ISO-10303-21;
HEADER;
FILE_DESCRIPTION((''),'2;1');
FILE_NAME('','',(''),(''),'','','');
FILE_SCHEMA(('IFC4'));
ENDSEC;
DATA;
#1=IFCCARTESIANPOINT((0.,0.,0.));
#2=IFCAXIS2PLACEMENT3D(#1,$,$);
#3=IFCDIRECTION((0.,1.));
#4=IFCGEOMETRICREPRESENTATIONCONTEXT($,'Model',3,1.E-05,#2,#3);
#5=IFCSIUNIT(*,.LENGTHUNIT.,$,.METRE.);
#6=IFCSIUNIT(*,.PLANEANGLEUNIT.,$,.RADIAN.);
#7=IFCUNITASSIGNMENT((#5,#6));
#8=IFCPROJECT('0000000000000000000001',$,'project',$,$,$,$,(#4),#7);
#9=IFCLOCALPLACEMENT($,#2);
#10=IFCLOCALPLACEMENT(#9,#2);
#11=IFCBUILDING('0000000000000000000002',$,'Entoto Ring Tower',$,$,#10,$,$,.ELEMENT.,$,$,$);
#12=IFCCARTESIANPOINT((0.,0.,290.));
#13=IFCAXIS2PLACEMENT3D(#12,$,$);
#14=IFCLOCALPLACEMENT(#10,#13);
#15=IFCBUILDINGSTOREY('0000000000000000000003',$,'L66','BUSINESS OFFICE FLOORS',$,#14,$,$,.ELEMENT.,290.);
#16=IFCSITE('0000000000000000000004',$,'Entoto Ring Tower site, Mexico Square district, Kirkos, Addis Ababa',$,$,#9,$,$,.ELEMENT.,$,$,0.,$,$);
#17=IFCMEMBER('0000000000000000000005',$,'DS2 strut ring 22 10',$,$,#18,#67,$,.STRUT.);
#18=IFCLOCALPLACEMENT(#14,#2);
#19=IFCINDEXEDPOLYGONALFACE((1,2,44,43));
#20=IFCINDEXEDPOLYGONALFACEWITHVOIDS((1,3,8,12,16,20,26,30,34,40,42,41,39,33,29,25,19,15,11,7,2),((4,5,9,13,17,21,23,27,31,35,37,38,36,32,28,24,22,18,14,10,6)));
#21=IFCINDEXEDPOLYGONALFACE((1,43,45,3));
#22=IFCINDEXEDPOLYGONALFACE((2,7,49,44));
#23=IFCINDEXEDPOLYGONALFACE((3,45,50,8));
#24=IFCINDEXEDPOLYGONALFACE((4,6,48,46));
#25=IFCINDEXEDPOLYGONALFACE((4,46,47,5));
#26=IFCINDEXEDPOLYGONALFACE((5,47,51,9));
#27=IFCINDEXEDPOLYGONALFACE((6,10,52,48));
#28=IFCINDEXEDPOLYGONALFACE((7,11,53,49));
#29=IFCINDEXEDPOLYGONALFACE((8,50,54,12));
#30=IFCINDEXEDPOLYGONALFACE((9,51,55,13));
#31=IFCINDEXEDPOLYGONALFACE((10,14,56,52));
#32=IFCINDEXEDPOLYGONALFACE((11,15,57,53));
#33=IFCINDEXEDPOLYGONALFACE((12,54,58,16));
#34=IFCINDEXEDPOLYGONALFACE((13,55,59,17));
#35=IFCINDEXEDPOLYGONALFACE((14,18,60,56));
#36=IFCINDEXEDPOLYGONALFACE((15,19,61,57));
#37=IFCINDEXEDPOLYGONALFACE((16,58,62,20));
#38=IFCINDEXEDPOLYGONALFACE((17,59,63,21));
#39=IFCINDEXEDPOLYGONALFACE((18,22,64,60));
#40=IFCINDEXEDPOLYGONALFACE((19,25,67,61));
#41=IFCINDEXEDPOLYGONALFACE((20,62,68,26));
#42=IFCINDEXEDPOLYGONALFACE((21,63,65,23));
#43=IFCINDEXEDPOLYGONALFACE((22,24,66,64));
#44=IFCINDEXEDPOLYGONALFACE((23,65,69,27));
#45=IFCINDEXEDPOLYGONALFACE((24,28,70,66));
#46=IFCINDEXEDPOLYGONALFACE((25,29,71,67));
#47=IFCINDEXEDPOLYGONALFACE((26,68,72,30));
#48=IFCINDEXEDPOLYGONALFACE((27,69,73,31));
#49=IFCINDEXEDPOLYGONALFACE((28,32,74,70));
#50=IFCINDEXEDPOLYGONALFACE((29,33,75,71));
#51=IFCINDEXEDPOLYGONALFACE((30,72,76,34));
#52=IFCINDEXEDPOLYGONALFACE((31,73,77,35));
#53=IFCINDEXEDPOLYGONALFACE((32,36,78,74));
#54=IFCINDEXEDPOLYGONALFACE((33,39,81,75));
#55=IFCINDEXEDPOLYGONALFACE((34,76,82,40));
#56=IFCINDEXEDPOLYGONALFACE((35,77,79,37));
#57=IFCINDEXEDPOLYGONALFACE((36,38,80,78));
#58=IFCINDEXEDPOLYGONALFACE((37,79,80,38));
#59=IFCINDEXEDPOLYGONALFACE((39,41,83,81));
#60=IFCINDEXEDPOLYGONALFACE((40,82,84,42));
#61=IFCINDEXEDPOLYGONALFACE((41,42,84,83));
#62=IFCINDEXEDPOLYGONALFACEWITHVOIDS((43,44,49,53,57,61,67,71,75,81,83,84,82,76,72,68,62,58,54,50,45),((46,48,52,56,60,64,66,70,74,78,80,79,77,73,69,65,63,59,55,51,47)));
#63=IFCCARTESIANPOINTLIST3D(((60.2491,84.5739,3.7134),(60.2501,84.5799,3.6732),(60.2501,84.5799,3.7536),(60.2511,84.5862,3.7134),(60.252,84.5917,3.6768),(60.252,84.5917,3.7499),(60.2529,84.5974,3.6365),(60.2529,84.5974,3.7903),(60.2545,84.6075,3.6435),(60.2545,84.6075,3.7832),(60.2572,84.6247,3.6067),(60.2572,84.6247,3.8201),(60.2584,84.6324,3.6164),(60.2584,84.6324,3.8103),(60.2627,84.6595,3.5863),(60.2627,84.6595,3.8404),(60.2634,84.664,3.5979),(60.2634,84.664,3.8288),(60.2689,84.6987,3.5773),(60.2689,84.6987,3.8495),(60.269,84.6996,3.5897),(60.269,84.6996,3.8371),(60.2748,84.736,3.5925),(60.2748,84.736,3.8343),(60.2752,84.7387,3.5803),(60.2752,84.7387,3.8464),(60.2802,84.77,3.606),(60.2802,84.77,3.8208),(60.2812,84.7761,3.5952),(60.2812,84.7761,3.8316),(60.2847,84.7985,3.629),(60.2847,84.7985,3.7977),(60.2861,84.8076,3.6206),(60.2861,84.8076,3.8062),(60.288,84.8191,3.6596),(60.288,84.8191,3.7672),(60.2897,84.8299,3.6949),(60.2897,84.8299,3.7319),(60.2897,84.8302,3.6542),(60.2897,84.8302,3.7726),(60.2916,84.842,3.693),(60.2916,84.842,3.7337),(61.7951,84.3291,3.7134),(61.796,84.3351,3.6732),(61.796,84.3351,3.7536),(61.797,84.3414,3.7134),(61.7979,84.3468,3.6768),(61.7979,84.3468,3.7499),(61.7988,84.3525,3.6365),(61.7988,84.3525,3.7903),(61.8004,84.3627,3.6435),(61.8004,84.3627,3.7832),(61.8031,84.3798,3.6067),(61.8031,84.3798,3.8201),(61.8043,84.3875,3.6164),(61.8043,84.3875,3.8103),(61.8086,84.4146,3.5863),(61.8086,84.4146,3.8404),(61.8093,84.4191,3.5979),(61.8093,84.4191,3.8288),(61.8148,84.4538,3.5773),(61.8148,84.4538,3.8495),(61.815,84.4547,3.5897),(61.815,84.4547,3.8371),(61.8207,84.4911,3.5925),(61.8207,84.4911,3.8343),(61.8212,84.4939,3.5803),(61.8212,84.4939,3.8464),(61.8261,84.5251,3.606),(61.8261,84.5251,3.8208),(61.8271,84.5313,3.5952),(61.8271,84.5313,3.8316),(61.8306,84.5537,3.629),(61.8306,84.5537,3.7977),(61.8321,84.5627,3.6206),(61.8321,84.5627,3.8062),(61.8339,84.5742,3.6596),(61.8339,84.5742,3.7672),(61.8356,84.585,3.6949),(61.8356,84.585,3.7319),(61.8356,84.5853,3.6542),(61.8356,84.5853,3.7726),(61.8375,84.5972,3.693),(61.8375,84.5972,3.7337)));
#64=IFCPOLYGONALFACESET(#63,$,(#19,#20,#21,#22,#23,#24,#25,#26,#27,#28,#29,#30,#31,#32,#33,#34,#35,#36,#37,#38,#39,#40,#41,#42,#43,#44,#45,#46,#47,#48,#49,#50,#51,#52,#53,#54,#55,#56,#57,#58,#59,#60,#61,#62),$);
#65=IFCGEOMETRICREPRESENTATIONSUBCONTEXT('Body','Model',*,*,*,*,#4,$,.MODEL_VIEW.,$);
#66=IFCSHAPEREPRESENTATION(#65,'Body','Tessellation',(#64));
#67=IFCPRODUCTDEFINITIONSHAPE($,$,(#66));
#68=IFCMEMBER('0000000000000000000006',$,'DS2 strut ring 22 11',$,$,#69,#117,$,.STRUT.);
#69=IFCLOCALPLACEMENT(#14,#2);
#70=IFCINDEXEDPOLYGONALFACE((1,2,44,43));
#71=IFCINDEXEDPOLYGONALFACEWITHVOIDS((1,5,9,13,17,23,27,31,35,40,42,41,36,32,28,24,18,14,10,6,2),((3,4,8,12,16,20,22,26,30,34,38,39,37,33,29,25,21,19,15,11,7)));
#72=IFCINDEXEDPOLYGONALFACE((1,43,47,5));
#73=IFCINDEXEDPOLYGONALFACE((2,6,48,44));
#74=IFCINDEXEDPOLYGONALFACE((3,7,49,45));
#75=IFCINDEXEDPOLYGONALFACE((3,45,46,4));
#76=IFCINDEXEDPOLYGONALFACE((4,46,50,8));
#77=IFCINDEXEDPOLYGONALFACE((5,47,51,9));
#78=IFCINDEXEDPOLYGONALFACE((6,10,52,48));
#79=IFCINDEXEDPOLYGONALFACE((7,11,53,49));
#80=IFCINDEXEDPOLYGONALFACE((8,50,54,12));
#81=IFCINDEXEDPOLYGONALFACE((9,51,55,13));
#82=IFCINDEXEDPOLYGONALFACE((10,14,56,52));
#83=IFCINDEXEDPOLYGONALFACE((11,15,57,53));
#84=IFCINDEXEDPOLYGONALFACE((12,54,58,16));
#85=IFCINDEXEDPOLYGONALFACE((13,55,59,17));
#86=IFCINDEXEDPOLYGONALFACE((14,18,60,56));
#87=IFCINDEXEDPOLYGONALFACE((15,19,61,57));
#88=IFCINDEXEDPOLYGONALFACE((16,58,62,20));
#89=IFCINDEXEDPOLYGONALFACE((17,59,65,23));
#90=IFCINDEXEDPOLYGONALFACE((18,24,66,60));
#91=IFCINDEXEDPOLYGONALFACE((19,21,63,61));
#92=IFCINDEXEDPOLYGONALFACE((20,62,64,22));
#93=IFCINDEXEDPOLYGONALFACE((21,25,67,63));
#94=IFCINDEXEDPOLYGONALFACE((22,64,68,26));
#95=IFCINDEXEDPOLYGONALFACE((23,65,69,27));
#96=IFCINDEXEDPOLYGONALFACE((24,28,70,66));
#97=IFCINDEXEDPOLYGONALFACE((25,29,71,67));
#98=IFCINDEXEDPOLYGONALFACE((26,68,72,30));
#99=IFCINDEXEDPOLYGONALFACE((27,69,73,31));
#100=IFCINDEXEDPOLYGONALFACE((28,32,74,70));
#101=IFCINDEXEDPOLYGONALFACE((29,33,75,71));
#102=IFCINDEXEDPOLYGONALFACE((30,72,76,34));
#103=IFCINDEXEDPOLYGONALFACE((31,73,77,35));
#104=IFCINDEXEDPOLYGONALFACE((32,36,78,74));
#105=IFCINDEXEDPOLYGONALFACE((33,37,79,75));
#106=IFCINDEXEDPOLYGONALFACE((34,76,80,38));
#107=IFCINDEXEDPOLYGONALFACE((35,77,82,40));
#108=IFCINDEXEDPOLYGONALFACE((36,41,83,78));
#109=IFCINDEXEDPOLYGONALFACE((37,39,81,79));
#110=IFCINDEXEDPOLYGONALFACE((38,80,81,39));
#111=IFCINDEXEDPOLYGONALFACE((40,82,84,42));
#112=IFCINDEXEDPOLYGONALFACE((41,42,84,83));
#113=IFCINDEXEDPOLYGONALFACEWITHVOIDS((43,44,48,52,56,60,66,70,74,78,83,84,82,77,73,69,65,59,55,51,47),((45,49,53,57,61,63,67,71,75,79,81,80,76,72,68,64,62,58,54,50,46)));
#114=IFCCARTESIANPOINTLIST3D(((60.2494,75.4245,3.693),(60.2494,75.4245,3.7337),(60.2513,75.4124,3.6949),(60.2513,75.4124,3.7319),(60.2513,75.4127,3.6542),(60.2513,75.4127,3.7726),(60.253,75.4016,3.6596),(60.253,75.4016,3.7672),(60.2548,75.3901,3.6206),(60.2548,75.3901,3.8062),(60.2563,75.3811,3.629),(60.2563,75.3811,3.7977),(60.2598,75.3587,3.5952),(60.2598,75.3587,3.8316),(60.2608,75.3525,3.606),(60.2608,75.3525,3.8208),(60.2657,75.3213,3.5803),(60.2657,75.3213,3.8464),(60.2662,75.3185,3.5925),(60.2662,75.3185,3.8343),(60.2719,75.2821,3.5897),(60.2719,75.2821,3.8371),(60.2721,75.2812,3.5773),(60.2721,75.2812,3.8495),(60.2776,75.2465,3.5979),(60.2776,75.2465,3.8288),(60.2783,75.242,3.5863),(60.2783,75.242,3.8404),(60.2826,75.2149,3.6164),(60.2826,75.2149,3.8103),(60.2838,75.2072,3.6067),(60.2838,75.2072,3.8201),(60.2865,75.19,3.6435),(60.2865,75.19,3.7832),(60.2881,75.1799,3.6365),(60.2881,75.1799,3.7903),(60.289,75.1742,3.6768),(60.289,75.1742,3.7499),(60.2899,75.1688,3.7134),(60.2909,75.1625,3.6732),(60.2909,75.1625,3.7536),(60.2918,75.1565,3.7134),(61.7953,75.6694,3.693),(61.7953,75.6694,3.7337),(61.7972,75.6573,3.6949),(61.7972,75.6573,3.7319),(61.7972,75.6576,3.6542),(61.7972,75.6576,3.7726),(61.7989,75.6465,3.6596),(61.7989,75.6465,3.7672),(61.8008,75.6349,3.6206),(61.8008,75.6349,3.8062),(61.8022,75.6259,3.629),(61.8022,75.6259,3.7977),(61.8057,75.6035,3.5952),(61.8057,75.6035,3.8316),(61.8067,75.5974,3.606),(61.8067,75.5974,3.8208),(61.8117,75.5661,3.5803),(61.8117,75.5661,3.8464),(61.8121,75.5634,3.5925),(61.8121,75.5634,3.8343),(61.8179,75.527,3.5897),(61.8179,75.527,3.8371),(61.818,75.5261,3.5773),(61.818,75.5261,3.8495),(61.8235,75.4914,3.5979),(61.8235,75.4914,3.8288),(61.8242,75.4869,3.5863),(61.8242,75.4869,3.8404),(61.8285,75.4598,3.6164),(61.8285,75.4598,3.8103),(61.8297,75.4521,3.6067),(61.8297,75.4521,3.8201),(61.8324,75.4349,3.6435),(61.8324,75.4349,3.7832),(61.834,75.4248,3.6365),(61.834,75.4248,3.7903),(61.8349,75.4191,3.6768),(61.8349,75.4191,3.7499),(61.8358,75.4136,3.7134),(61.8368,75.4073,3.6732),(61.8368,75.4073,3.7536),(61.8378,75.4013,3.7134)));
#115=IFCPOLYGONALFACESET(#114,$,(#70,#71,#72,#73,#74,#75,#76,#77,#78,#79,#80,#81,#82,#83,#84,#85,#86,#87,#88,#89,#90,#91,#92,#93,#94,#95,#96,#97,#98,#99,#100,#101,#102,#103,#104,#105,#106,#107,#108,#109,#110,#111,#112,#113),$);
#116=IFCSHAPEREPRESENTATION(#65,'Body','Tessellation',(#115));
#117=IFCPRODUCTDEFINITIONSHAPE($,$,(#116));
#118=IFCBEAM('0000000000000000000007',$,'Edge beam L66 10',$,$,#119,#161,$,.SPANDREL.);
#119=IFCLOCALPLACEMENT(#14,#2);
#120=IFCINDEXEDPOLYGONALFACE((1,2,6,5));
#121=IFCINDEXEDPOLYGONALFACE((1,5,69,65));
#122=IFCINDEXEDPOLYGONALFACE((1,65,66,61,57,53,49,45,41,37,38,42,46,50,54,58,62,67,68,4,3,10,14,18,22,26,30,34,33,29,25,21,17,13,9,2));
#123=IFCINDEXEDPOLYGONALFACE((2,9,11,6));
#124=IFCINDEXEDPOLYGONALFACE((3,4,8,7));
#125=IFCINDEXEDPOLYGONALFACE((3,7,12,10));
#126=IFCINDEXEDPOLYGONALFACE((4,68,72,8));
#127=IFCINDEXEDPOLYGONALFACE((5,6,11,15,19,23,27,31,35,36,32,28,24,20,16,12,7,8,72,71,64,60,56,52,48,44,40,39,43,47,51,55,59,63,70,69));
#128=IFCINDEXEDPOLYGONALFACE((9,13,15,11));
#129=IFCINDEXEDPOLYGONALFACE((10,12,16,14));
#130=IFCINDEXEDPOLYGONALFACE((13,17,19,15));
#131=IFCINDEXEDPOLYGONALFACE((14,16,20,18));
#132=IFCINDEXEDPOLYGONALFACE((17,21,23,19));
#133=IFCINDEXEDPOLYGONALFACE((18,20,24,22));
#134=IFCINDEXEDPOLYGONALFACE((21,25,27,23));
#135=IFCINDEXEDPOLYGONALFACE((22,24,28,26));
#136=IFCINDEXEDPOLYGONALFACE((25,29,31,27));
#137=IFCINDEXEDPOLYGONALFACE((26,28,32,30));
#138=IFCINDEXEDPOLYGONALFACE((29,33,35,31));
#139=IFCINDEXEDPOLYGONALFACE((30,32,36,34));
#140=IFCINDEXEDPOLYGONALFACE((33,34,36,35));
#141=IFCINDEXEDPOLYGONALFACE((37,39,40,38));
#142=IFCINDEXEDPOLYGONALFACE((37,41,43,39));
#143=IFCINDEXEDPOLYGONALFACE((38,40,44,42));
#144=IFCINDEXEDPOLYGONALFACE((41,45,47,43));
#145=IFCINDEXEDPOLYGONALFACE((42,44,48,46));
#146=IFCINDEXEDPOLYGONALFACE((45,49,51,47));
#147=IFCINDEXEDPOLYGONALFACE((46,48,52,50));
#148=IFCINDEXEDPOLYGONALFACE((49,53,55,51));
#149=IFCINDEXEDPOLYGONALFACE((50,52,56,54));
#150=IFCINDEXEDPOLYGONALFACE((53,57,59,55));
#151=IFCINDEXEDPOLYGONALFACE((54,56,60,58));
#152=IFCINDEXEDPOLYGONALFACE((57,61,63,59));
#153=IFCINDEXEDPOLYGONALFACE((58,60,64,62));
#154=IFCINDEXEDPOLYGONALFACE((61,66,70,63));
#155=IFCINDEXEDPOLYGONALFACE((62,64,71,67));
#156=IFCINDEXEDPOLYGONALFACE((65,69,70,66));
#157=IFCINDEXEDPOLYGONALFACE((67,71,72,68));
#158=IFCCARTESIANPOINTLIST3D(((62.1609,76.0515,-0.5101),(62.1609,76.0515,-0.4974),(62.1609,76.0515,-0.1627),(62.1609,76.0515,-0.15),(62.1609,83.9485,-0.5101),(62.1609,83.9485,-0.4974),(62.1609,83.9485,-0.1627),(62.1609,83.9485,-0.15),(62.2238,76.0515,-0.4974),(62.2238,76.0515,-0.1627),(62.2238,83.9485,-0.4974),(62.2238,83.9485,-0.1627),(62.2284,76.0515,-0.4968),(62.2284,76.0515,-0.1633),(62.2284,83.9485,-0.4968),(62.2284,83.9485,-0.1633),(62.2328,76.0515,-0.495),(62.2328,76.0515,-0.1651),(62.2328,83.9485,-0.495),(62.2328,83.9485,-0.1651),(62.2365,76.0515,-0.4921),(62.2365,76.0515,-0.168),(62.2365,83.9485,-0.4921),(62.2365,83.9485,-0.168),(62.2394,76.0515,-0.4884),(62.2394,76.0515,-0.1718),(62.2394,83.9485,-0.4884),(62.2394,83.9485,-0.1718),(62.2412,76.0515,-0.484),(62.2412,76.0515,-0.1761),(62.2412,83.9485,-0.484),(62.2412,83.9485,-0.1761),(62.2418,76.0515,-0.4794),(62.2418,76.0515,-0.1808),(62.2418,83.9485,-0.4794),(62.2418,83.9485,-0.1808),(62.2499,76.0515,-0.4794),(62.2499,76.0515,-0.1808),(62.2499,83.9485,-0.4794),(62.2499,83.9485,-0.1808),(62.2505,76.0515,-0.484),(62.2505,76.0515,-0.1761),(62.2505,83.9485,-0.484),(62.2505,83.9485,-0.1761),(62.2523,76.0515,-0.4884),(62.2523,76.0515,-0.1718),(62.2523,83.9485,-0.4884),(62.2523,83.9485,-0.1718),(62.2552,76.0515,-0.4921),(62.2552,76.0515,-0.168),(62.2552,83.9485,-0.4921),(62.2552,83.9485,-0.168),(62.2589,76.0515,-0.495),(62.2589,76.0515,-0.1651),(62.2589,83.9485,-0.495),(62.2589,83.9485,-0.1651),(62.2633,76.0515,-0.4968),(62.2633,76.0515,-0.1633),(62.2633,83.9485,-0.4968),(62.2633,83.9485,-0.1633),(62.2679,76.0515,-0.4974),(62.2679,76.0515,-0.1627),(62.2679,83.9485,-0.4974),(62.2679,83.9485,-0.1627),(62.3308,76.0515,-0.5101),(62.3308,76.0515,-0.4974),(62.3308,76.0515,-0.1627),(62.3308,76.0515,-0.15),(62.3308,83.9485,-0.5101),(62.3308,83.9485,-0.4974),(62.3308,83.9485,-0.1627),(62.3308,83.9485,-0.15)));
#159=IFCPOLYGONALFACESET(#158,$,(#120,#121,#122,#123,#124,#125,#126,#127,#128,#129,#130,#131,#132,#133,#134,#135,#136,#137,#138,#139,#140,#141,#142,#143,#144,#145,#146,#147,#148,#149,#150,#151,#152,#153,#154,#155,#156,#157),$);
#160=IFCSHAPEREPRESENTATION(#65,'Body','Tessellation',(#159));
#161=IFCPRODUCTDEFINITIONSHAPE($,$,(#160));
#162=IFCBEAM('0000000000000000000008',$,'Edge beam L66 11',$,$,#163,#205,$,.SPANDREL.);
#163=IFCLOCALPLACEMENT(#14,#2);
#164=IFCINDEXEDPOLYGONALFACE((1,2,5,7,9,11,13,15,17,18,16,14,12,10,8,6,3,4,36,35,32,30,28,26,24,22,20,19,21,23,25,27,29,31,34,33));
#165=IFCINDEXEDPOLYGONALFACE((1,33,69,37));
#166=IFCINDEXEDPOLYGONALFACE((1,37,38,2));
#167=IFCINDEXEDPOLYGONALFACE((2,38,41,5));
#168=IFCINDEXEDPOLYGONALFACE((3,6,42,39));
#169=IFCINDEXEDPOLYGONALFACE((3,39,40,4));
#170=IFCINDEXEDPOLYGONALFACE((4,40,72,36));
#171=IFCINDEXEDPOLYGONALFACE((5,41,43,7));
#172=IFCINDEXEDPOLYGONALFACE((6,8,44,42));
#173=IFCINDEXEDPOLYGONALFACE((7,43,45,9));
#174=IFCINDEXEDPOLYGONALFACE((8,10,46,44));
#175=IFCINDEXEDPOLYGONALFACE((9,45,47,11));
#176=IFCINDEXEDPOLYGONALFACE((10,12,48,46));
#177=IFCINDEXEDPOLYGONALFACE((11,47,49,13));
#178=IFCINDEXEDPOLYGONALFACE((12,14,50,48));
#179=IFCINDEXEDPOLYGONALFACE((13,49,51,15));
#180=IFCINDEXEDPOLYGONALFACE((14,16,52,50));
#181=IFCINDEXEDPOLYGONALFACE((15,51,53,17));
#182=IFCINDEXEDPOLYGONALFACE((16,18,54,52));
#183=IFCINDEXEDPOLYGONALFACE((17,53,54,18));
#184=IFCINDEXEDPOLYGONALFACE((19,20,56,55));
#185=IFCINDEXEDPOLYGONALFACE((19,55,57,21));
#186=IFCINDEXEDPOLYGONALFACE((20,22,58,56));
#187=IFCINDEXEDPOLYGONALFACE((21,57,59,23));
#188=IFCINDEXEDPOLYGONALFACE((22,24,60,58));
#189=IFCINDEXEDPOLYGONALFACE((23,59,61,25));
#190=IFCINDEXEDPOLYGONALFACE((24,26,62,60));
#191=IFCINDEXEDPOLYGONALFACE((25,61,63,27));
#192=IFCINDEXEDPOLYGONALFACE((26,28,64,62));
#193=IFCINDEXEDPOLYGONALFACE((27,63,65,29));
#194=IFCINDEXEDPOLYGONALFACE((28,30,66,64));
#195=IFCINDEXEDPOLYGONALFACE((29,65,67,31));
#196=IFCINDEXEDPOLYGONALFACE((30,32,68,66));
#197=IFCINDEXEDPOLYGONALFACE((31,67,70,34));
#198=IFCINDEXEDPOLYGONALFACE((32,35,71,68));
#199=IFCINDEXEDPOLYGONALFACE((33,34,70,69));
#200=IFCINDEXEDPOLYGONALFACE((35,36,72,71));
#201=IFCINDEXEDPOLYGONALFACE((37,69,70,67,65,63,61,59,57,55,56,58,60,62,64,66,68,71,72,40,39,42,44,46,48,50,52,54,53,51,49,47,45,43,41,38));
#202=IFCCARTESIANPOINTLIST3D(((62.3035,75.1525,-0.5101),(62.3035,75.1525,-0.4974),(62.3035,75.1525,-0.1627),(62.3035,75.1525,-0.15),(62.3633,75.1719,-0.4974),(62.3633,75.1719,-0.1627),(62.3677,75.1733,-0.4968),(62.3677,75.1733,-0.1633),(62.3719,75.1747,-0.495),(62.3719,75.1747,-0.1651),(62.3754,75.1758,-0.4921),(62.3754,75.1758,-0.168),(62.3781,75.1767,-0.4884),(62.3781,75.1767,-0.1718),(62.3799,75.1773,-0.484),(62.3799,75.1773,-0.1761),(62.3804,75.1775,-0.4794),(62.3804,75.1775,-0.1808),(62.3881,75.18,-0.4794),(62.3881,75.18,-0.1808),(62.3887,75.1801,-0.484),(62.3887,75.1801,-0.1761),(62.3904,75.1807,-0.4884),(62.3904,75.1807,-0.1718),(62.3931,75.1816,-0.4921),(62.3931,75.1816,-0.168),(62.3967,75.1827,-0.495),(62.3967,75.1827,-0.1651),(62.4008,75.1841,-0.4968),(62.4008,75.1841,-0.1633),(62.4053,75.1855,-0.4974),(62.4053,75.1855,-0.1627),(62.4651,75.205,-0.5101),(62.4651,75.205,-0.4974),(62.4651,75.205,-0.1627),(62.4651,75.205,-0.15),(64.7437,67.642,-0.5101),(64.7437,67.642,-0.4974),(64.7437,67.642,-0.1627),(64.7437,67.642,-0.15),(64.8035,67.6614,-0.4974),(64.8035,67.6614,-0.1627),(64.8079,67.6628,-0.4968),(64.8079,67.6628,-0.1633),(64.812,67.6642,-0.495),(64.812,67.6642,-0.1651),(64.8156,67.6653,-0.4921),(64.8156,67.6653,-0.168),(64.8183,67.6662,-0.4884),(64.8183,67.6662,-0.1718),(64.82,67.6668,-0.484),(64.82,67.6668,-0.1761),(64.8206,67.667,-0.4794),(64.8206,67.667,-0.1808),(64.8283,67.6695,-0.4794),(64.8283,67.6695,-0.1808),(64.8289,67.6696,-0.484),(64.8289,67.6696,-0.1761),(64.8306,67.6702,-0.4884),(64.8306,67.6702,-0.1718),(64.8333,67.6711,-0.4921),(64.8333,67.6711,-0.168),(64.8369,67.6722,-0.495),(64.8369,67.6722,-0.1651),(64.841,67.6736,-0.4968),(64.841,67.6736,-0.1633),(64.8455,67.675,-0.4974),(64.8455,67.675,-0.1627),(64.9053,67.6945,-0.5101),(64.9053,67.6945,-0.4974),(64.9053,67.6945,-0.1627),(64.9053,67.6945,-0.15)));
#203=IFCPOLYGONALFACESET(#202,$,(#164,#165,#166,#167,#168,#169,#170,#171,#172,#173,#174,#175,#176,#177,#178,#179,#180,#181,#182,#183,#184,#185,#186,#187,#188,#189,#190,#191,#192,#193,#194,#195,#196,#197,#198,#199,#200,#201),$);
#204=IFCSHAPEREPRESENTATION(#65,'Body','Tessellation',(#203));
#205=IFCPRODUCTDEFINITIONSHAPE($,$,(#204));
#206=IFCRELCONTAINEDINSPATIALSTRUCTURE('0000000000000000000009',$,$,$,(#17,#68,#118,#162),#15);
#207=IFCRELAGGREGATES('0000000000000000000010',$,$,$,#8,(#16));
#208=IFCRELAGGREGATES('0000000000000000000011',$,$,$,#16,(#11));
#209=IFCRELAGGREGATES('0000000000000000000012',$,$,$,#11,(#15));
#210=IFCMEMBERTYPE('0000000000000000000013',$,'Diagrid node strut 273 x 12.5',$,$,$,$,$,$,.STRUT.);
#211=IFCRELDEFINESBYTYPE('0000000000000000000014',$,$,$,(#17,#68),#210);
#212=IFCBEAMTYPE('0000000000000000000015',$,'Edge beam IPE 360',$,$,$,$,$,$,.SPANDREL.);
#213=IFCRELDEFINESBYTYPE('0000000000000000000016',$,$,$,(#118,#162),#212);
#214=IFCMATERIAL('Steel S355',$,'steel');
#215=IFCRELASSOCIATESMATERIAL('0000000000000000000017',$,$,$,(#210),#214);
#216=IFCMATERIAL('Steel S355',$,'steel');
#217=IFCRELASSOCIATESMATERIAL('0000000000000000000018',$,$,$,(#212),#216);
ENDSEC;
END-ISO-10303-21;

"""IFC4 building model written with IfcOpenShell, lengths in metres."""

from ifc_helpers import new_model, si_unit, direction, frame, origin, origin_2d, place, context, subcontext, project, spatial, circle, hollow_circle, i_section, extrude, material, material_profile, profile_set, type_object, element, save


model = new_model("IFC4")

# Units and contexts
model_context = context("Model", 3, precision=1e-05, world=origin(), true_north=direction((0.0, 1.0)))
body_context = subcontext(model_context, "Body", "Model", "MODEL_VIEW")
ifc_project = project(units=[si_unit("LENGTHUNIT", "METRE"), si_unit("PLANEANGLEUNIT", "RADIAN")], contexts=[model_context])

# Site, building, storey
site_placement = place(None, origin())
site = spatial("IfcSite", under=ifc_project, at=site_placement, Name="Entoto Ring Tower site, Mexico Square district, Kirkos, Addis Ababa", CompositionType="ELEMENT", RefElevation=0.0)
building_placement = place(site_placement, origin())
building = spatial("IfcBuilding", under=site, at=building_placement, Name="Entoto Ring Tower", CompositionType="ELEMENT")
storey_placement = place(building_placement, frame((0.0, 0.0, 290.0)))
storey = spatial("IfcBuildingStorey", under=building, at=storey_placement, Name="L66", Description="BUSINESS OFFICE FLOORS", CompositionType="ELEMENT", Elevation=290.0)

# Members
ifc_material_1 = material(Name="Steel S355", Category="steel")
ifc_material_profile_1 = material_profile(ifc_material_1, hollow_circle(Radius=0.1365, WallThickness=0.0125, at=origin_2d()), Name="CHS 273 x 12.5")
ifc_material_2 = material(Name="Concrete C60/75", Category="concrete")
ifc_material_profile_2 = material_profile(ifc_material_2, circle(Radius=0.124, at=origin_2d()), Name="Concrete C60/75 infill")
ifc_profile_set_1 = profile_set([ifc_material_profile_1, ifc_material_profile_2], Name="Steel S355")
member_type = type_object("IfcMemberType", Name="Diagrid node strut 273 x 12.5", PredefinedType="STRUT", material=ifc_profile_set_1)
for number, where, z_axis, x_axis, name in (
    (1, (61.8164, 84.4639, 3.7134), (-0.987686, 0.156451, 0.0), (-0.156451, -0.987686, 0.0), "DS2 strut ring 22 10"),
    (2, (61.8164, 75.5361, 3.7134), (-0.987686, -0.156451, 0.0), (0.156451, -0.987686, 0.0), "DS2 strut ring 22 11"),
):
    element("IfcMember", number, at=place(storey_placement, frame(where, z_axis=z_axis, x_axis=x_axis)), inside=storey, type_object=member_type, Name=name, PredefinedType="STRUT", context=body_context, shape_type="SweptSolid", body=[
        extrude(hollow_circle(Radius=0.1365, WallThickness=0.0125, at=origin_2d()), origin(), (0.0, 0.0, 1.0), 1.5652),
    ])

# Beams
ifc_material_3 = material(Name="Steel S355", Category="steel")
ifc_material_profile_3 = material_profile(ifc_material_3, i_section(OverallWidth=0.1699, OverallDepth=0.3601, WebThickness=0.0081, FlangeThickness=0.0127, FilletRadius=0.0181, at=origin_2d()), Name="IPE 360")
ifc_profile_set_2 = profile_set([ifc_material_profile_3], Name="Steel S355")
beam_type_1 = type_object("IfcBeamType", Name="Edge beam IPE 360", PredefinedType="SPANDREL", material=ifc_profile_set_2)
for number, where, z_axis, x_axis, name in (
    (3, (62.2458, 83.9485, -0.3301), (0.0, -1.0, 0.0), (1.0, 0.0, 0.0), "Edge beam L66 10"),
    (4, (62.3843, 75.1787, -0.3301), (0.309003, -0.951061, 0.0), (0.951061, 0.309003, 0.0), "Edge beam L66 11"),
):
    element("IfcBeam", number, at=place(storey_placement, frame(where, z_axis=z_axis, x_axis=x_axis)), inside=storey, type_object=beam_type_1, Name=name, PredefinedType="SPANDREL", context=body_context, shape_type="SweptSolid", body=[
        extrude(i_section(OverallWidth=0.1699, OverallDepth=0.3601, WebThickness=0.0081, FlangeThickness=0.0127, FilletRadius=0.0181, at=origin_2d()), origin(), (0.0, 0.0, 1.0), 7.897),
    ])

save(model, "model.ifc")
